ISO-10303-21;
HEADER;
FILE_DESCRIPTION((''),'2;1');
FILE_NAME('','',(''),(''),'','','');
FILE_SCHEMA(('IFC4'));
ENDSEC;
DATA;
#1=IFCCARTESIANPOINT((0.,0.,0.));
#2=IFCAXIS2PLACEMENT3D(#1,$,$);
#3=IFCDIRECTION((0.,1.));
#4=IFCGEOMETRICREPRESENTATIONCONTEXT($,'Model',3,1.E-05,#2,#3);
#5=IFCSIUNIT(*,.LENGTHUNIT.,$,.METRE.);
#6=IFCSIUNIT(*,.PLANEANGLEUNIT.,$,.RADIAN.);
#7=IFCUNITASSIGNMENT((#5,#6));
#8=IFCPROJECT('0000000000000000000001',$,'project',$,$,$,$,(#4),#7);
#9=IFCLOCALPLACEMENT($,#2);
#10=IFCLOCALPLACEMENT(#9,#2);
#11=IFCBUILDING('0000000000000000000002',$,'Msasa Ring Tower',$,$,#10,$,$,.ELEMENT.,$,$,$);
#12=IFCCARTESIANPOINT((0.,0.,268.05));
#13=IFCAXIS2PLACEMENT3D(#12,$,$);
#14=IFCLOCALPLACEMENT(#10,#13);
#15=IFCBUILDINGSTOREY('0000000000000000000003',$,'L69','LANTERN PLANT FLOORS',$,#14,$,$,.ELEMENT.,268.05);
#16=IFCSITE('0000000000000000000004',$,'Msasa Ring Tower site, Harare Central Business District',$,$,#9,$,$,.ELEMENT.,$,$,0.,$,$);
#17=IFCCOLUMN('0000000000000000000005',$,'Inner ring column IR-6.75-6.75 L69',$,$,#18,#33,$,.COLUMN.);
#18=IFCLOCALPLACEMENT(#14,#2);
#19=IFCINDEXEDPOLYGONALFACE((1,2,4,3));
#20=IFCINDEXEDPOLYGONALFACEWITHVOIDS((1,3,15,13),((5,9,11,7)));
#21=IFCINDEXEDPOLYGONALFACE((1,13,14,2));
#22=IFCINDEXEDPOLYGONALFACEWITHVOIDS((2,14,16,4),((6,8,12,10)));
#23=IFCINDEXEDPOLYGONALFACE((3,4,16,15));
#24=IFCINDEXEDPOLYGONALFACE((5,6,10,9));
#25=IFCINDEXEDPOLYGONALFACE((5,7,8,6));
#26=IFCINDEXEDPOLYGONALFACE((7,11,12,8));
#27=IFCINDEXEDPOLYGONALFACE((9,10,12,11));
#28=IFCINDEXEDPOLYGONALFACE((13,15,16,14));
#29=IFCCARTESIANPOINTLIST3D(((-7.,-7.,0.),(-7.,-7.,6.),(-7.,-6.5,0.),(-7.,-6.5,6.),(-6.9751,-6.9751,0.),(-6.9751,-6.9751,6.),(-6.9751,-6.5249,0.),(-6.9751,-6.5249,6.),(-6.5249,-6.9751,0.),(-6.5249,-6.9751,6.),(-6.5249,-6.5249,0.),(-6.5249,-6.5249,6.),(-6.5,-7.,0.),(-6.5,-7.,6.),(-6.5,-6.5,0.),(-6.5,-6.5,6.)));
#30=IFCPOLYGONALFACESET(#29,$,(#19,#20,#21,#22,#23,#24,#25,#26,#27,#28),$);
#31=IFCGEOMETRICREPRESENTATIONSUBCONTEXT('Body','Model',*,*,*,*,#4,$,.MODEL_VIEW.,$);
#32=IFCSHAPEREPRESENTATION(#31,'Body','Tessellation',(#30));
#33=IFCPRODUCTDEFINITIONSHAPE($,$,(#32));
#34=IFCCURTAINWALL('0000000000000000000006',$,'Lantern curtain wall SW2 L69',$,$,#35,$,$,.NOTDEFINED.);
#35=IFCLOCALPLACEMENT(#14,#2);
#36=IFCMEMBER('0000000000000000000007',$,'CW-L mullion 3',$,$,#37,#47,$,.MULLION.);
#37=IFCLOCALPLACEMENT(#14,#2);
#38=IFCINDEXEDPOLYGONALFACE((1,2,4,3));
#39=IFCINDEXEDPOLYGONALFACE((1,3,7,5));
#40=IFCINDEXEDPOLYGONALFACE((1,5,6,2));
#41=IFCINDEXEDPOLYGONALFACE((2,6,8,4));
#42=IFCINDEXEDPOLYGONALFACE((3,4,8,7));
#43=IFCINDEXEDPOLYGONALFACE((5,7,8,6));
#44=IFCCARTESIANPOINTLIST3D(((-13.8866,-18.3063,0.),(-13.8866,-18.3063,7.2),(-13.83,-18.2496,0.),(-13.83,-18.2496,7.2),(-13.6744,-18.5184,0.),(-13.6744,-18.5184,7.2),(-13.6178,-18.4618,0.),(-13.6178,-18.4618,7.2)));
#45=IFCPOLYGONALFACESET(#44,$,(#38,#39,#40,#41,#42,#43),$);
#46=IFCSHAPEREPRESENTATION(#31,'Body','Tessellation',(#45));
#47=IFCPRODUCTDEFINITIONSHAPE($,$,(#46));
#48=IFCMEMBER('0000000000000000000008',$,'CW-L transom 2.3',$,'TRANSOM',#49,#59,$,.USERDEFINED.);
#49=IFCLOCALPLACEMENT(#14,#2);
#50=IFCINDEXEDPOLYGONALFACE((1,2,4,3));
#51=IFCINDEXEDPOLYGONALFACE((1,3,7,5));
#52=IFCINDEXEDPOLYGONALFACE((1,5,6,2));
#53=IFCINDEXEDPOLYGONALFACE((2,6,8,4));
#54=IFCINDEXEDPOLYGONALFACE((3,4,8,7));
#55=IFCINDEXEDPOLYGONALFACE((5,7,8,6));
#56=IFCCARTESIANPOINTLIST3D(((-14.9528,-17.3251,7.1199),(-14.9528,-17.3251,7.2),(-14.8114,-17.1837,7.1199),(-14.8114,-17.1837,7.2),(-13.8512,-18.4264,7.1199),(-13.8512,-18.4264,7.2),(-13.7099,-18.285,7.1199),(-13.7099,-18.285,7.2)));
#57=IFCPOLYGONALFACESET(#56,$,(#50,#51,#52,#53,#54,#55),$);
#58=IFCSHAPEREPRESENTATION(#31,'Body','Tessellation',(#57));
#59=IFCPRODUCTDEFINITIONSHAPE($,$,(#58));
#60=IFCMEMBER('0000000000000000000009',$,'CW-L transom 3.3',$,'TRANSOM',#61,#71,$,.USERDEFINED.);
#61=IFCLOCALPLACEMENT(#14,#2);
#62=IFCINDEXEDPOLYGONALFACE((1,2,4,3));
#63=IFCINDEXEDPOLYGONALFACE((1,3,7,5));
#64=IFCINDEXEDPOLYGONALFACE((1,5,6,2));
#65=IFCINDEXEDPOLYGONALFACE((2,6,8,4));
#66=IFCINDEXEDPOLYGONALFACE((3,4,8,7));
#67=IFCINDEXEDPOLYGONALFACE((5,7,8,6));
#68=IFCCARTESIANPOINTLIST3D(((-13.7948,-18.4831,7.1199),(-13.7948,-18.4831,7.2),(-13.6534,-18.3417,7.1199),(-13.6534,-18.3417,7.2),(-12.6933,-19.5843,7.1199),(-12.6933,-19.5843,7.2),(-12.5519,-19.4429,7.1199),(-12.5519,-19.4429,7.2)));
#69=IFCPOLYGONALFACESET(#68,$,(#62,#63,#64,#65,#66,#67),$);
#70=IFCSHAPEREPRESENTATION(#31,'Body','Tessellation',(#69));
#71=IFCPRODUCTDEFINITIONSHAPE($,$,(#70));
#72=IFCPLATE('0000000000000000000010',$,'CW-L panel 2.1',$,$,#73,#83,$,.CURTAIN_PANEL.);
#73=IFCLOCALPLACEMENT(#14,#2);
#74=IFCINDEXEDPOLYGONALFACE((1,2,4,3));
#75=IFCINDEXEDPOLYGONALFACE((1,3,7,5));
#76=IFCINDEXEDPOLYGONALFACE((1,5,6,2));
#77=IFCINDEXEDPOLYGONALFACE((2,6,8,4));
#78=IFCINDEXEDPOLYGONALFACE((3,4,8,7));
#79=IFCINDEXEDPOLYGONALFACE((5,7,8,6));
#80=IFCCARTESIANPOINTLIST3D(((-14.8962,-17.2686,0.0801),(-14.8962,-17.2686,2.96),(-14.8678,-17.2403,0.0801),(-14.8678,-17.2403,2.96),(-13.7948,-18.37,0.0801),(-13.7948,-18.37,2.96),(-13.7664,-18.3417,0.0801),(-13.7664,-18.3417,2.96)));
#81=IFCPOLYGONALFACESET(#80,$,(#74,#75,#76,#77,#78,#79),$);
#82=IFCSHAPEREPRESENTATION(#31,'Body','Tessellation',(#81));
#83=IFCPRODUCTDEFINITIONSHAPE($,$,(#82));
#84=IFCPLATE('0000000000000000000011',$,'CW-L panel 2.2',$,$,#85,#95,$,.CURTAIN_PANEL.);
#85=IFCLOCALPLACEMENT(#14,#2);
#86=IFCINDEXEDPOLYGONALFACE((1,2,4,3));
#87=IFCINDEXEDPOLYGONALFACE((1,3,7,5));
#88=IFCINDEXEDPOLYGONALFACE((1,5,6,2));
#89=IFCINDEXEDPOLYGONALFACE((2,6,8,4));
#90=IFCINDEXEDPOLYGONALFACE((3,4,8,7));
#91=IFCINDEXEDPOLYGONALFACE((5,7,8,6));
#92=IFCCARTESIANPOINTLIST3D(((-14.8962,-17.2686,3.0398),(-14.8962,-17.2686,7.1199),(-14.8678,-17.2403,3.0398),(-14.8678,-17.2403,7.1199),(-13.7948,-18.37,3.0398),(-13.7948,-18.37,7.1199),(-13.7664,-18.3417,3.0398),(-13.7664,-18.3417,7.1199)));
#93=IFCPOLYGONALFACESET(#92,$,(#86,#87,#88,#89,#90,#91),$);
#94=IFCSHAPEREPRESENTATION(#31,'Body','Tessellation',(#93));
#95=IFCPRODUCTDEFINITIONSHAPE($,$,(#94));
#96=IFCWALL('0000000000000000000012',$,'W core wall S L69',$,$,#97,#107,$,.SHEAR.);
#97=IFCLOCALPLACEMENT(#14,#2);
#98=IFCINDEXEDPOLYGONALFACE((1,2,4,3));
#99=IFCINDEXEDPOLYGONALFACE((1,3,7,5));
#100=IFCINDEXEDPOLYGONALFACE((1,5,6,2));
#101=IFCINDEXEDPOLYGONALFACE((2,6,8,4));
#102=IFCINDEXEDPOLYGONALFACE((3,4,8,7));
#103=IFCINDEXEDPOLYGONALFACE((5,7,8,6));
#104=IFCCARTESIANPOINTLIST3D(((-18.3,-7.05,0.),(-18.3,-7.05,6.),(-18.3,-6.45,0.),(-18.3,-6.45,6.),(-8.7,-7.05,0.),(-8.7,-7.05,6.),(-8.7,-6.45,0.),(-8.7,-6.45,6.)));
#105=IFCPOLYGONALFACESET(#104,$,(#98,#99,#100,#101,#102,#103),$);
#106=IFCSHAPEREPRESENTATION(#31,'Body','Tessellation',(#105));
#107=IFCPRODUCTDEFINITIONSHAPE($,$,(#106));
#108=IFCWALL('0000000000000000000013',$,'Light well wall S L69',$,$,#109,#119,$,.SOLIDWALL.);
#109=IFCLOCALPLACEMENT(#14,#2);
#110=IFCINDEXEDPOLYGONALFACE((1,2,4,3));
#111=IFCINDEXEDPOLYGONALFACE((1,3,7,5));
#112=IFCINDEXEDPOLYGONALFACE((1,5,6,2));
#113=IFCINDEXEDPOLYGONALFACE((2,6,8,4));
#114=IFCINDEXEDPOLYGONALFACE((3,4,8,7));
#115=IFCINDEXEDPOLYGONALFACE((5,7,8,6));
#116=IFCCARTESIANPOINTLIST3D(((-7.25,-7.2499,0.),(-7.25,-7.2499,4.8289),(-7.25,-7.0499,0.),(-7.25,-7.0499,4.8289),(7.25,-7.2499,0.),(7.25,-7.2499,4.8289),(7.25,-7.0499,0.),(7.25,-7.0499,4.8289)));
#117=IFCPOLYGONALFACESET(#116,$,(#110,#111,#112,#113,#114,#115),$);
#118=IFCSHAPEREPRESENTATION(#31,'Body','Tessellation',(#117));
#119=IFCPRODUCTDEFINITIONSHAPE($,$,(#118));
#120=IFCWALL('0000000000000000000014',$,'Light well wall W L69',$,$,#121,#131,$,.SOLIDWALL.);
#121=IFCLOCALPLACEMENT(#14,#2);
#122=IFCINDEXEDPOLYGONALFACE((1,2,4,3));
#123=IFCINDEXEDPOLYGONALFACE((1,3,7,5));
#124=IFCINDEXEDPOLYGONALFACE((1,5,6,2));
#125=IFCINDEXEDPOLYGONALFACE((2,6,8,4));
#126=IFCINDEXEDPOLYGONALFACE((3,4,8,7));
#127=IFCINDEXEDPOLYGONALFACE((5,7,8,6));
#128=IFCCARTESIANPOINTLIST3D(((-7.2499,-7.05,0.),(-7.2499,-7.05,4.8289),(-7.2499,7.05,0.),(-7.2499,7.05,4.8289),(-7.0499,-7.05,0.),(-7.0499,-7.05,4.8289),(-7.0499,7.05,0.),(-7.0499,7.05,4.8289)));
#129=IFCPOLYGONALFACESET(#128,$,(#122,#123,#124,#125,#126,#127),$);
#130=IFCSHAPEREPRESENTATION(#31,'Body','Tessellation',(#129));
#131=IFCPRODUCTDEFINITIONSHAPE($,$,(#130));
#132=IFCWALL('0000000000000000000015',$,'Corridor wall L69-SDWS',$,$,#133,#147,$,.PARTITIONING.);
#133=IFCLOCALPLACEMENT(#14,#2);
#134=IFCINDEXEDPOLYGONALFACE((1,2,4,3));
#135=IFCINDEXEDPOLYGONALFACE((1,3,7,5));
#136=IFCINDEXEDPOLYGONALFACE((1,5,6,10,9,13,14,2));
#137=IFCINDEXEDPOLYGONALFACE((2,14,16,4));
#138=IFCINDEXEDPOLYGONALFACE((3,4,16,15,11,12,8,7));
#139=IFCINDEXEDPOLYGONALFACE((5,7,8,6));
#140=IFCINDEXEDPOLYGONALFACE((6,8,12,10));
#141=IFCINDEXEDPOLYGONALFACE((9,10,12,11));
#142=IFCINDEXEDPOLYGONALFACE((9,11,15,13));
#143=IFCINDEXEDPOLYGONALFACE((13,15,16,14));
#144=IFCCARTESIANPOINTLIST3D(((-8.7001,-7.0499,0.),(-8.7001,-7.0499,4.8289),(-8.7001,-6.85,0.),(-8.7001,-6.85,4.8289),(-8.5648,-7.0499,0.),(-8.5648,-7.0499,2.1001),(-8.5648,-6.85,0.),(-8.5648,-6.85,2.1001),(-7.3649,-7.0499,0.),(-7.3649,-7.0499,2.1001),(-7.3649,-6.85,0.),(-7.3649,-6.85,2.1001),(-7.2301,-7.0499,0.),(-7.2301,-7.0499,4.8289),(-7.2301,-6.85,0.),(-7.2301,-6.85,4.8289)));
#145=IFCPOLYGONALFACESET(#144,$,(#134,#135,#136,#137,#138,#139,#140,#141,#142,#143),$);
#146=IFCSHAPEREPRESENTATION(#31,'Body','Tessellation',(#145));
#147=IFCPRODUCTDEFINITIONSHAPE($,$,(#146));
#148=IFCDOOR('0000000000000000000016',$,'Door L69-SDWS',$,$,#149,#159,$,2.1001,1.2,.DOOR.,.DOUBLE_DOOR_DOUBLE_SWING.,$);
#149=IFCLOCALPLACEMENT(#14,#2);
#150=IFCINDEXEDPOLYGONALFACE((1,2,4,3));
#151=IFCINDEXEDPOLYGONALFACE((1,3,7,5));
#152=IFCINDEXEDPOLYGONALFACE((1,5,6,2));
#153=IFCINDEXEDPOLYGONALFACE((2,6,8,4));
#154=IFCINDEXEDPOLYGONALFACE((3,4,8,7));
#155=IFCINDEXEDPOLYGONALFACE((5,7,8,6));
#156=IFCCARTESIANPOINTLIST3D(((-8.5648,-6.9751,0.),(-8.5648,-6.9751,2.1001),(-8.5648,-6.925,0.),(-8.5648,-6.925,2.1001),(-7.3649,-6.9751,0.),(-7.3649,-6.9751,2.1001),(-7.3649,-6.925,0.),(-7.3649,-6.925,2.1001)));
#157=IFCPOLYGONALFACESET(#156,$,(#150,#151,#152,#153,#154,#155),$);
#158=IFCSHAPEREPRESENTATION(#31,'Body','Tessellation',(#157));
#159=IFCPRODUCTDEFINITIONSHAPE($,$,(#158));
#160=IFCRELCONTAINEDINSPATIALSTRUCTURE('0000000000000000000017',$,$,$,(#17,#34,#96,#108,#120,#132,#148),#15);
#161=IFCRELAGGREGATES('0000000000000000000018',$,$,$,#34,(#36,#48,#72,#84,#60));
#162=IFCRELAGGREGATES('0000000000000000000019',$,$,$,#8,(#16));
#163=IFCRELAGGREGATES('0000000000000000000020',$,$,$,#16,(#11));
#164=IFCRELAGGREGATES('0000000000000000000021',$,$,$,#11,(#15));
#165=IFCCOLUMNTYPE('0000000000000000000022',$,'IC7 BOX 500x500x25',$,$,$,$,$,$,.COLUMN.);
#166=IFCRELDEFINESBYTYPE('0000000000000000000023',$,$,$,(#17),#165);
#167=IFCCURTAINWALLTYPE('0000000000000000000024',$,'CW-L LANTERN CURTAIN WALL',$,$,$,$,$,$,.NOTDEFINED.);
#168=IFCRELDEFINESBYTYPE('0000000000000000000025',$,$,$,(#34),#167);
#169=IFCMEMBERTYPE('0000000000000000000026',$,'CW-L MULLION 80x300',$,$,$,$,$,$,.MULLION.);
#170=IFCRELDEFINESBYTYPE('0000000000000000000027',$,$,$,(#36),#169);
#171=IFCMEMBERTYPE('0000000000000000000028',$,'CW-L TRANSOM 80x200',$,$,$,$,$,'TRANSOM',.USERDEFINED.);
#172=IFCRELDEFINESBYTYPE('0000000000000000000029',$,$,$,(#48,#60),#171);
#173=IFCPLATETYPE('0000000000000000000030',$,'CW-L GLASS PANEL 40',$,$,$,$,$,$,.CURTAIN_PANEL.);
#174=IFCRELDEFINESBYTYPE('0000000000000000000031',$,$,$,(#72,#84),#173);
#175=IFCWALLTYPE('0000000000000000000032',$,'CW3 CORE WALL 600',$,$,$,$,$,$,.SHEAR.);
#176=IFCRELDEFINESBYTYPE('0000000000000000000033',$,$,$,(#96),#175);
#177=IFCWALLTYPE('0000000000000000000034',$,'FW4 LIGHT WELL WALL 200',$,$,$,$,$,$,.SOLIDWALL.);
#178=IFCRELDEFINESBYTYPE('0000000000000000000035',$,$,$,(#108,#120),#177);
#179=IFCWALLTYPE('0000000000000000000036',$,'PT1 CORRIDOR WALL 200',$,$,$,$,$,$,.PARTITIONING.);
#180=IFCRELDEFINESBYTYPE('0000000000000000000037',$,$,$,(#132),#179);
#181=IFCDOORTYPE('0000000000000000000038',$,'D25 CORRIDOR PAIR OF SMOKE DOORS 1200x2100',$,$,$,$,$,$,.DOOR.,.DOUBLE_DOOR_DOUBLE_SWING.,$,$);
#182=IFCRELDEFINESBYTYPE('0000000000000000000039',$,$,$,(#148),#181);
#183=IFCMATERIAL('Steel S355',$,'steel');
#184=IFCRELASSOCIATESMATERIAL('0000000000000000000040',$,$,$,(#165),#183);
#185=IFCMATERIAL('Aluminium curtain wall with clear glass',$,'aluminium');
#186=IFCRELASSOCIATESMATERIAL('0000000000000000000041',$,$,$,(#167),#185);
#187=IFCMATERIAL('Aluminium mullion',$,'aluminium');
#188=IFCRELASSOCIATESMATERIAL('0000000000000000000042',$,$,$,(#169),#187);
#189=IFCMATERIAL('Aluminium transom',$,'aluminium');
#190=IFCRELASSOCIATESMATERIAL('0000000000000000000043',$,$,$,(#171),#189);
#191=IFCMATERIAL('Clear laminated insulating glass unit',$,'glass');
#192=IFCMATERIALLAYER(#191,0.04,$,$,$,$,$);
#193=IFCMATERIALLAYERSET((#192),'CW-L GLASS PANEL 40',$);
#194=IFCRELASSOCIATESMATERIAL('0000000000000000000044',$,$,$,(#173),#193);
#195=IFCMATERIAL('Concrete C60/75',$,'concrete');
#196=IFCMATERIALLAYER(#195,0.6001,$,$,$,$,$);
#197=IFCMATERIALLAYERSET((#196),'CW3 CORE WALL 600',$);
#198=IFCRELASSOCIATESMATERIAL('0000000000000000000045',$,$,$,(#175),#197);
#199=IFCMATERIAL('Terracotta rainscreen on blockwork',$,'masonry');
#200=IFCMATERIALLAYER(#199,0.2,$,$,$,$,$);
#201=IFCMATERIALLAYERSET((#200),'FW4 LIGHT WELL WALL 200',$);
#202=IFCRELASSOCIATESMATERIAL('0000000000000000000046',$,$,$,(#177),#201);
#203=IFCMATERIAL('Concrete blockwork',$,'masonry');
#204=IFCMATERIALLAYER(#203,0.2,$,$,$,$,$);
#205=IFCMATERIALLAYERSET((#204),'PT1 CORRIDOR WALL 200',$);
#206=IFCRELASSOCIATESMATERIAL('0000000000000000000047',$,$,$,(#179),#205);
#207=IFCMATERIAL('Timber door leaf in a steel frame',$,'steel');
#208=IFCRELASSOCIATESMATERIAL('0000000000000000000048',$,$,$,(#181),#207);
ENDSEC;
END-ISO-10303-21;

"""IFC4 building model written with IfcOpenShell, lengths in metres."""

from ifc_helpers import new_model, si_unit, direction, frame, frame_2d, origin, origin_2d, place, context, subcontext, project, spatial, rectangle, hollow_rectangle, extrude, material, layer, layer_set, material_profile, profile_set, type_object, element, fill, aggregate, save


model = new_model("IFC4")

# Units and contexts
model_context = context("Model", 3, precision=1e-05, world=origin(), true_north=direction((0.0, 1.0)))
body_context = subcontext(model_context, "Body", "Model", "MODEL_VIEW")
ifc_project = project(units=[si_unit("LENGTHUNIT", "METRE"), si_unit("PLANEANGLEUNIT", "RADIAN")], contexts=[model_context])

# Site, building, storey
site_placement = place(None, origin())
site = spatial("IfcSite", under=ifc_project, at=site_placement, Name="Msasa Ring Tower site, Harare Central Business District", CompositionType="ELEMENT", RefElevation=0.0)
building_placement = place(site_placement, origin())
building = spatial("IfcBuilding", under=site, at=building_placement, Name="Msasa Ring Tower", CompositionType="ELEMENT")
storey_placement = place(building_placement, frame((0.0, 0.0, 268.05)))
storey = spatial("IfcBuildingStorey", under=building, at=storey_placement, Name="L69", Description="LANTERN PLANT FLOORS", CompositionType="ELEMENT", Elevation=268.05)

# Column
ifc_material_1 = material(Name="Steel S355", Category="steel")
ifc_material_profile_1 = material_profile(ifc_material_1, hollow_rectangle(XDim=0.5, YDim=0.5, WallThickness=0.0249, at=origin_2d()), Name="BOX 500x500x25")
ifc_profile_set_1 = profile_set([ifc_material_profile_1], Name="Steel S355")
column_type = type_object("IfcColumnType", Name="IC7 BOX 500x500x25", PredefinedType="COLUMN", material=ifc_profile_set_1)
column_placement = place(storey_placement, frame((-6.75, -6.75, 0.0), z_axis=(0.0, 0.0, 1.0), x_axis=(1.0, 0.0, 0.0)))
element("IfcColumn", 1, at=column_placement, inside=storey, type_object=column_type, Name="Inner ring column IR-6.75-6.75 L69", PredefinedType="COLUMN", context=body_context, shape_type="SweptSolid", body=[
    extrude(hollow_rectangle(XDim=0.5, YDim=0.5, WallThickness=0.0249, at=origin_2d()), origin(), (0.0, 0.0, 1.0), 6.0),
])

# Curtain wall, members, plates
ifc_material_2 = material(Name="Aluminium curtain wall with clear glass", Category="aluminium")
curtain_wall_type = type_object("IfcCurtainWallType", Name="CW-L LANTERN CURTAIN WALL", PredefinedType="NOTDEFINED", material=ifc_material_2)
curtain_wall_placement = place(storey_placement, origin())
curtain_wall = element("IfcCurtainWall", 2, at=curtain_wall_placement, inside=storey, type_object=curtain_wall_type, Name="Lantern curtain wall SW2 L69", PredefinedType="NOTDEFINED")
ifc_material_3 = material(Name="Aluminium mullion", Category="aluminium")
ifc_material_profile_2 = material_profile(ifc_material_3, rectangle(XDim=0.0801, YDim=0.3, at=origin_2d()), Name="AL 80x300")
ifc_profile_set_2 = profile_set([ifc_material_profile_2], Name="Aluminium mullion")
member_type_1 = type_object("IfcMemberType", Name="CW-L MULLION 80x300", PredefinedType="MULLION", material=ifc_profile_set_2)
member_1_placement = place(storey_placement, frame((-13.7522, -18.384, 0.0), z_axis=(0.0, 0.0, 1.0), x_axis=(0.707107, 0.707107, 0.0)))
member_1 = element("IfcMember", 3, at=member_1_placement, type_object=member_type_1, Name="CW-L mullion 3", PredefinedType="MULLION", context=body_context, shape_type="SweptSolid", body=[
    extrude(rectangle(XDim=0.0801, YDim=0.3, at=origin_2d()), origin(), (0.0, 0.0, 1.0), 7.2),
])
ifc_material_4 = material(Name="Aluminium transom", Category="aluminium")
ifc_material_profile_3 = material_profile(ifc_material_4, rectangle(XDim=0.2, YDim=0.0801, at=origin_2d()), Name="AL 80x200")
ifc_profile_set_3 = profile_set([ifc_material_profile_3], Name="Aluminium transom")
member_type_2 = type_object("IfcMemberType", Name="CW-L TRANSOM 80x200", ElementType="TRANSOM", PredefinedType="USERDEFINED", material=ifc_profile_set_3)
member_2_placement = place(storey_placement, frame((-14.8821, -17.2544, 7.1599), z_axis=(0.707185, -0.707028, 0.0), x_axis=(0.707028, 0.707185, 0.0)))
member_2 = element("IfcMember", 4, at=member_2_placement, type_object=member_type_2, Name="CW-L transom 2.3", ObjectType="TRANSOM", PredefinedType="USERDEFINED", context=body_context, shape_type="SweptSolid", body=[
    extrude(rectangle(XDim=0.2, YDim=0.0801, at=origin_2d()), origin(), (0.0, 0.0, 1.0), 1.5576),
])
member_3_placement = place(storey_placement, frame((-13.7241, -18.4124, 7.1599), z_axis=(0.707185, -0.707028, 0.0), x_axis=(0.707028, 0.707185, 0.0)))
member_3 = element("IfcMember", 5, at=member_3_placement, type_object=member_type_2, Name="CW-L transom 3.3", ObjectType="TRANSOM", PredefinedType="USERDEFINED", context=body_context, shape_type="SweptSolid", body=[
    extrude(rectangle(XDim=0.2, YDim=0.0801, at=origin_2d()), origin(), (0.0, 0.0, 1.0), 1.5576),
])
ifc_material_5 = material(Name="Clear laminated insulating glass unit", Category="glass")
ifc_layer_1 = layer(ifc_material_5, 0.04)
ifc_layer_set_1 = layer_set([ifc_layer_1], Name="CW-L GLASS PANEL 40")
plate_type = type_object("IfcPlateType", Name="CW-L GLASS PANEL 40", PredefinedType="CURTAIN_PANEL", material=ifc_layer_set_1)
plate_1_placement = place(storey_placement, frame((-14.3313, -17.8052, 0.0801), z_axis=(0.0, 0.0, 1.0), x_axis=(0.707107, -0.707107, 0.0)))
plate_1 = element("IfcPlate", 6, at=plate_1_placement, type_object=plate_type, Name="CW-L panel 2.1", PredefinedType="CURTAIN_PANEL", context=body_context, shape_type="SweptSolid", body=[
    extrude(rectangle(XDim=1.5576, YDim=0.04, at=origin_2d()), origin(), (0.0, 0.0, 1.0), 2.8799),
])
plate_2_placement = place(storey_placement, frame((-14.3313, -17.8052, 3.0398), z_axis=(0.0, 0.0, 1.0), x_axis=(0.707107, -0.707107, 0.0)))
plate_2 = element("IfcPlate", 7, at=plate_2_placement, type_object=plate_type, Name="CW-L panel 2.2", PredefinedType="CURTAIN_PANEL", context=body_context, shape_type="SweptSolid", body=[
    extrude(rectangle(XDim=1.5576, YDim=0.04, at=origin_2d()), origin(), (0.0, 0.0, 1.0), 4.0801),
])
aggregate(curtain_wall, [member_1, member_2, plate_1, plate_2, member_3])

# Walls
ifc_material_6 = material(Name="Concrete C60/75", Category="concrete")
ifc_layer_2 = layer(ifc_material_6, 0.6001)
ifc_layer_set_2 = layer_set([ifc_layer_2], Name="CW3 CORE WALL 600")
wall_type_1 = type_object("IfcWallType", Name="CW3 CORE WALL 600", PredefinedType="SHEAR", material=ifc_layer_set_2)
wall_1_placement = place(storey_placement, frame((-8.7, -6.75, 0.0), z_axis=(0.0, 0.0, 1.0), x_axis=(-1.0, 0.0, 0.0)))
element("IfcWall", 8, at=wall_1_placement, inside=storey, type_object=wall_type_1, Name="W core wall S L69", PredefinedType="SHEAR", context=body_context, shape_type="SweptSolid", body=[
    extrude(rectangle(XDim=9.6001, YDim=0.6001, at=frame_2d((4.8, 0.0))), origin(), (0.0, 0.0, 1.0), 6.0),
])
ifc_material_7 = material(Name="Terracotta rainscreen on blockwork", Category="masonry")
ifc_layer_3 = layer(ifc_material_7, 0.2)
ifc_layer_set_3 = layer_set([ifc_layer_3], Name="FW4 LIGHT WELL WALL 200")
wall_type_2 = type_object("IfcWallType", Name="FW4 LIGHT WELL WALL 200", PredefinedType="SOLIDWALL", material=ifc_layer_set_3)
wall_2_placement = place(storey_placement, frame((-7.25, -7.1499, 0.0), z_axis=(0.0, 0.0, 1.0), x_axis=(1.0, 0.0, 0.0)))
element("IfcWall", 9, at=wall_2_placement, inside=storey, type_object=wall_type_2, Name="Light well wall S L69", PredefinedType="SOLIDWALL", context=body_context, shape_type="SweptSolid", body=[
    extrude(rectangle(XDim=14.5, YDim=0.2, at=frame_2d((7.25, 0.0))), origin(), (0.0, 0.0, 1.0), 4.8289),
])
wall_3_placement = place(storey_placement, frame((-7.1499, -7.05, 0.0), z_axis=(0.0, 0.0, 1.0), x_axis=(0.0, 1.0, 0.0)))
element("IfcWall", 10, at=wall_3_placement, inside=storey, type_object=wall_type_2, Name="Light well wall W L69", PredefinedType="SOLIDWALL", context=body_context, shape_type="SweptSolid", body=[
    extrude(rectangle(XDim=14.1001, YDim=0.2, at=frame_2d((7.05, 0.0))), origin(), (0.0, 0.0, 1.0), 4.8289),
])

# Wall, opening, door
ifc_material_8 = material(Name="Concrete blockwork", Category="masonry")
ifc_layer_4 = layer(ifc_material_8, 0.2)
ifc_layer_set_4 = layer_set([ifc_layer_4], Name="PT1 CORRIDOR WALL 200")
wall_type_3 = type_object("IfcWallType", Name="PT1 CORRIDOR WALL 200", PredefinedType="PARTITIONING", material=ifc_layer_set_4)
wall_4_placement = place(storey_placement, frame((-8.7, -6.95, 0.0), z_axis=(0.0, 0.0, 1.0), x_axis=(1.0, 0.0, 0.0)))
wall_4 = element("IfcWall", 11, at=wall_4_placement, inside=storey, type_object=wall_type_3, Name="Corridor wall L69-SDWS", PredefinedType="PARTITIONING", context=body_context, shape_type="SweptSolid", body=[
    extrude(rectangle(XDim=1.47, YDim=0.2, at=frame_2d((0.7349, 0.0))), origin(), (0.0, 0.0, 1.0), 4.8289),
])
opening_1_placement = place(wall_4_placement, frame((0.135, 0.0, 0.0)))
opening_1 = element("IfcOpeningElement", 12, at=opening_1_placement, cuts=wall_4, PredefinedType="OPENING", context=body_context, shape_type="SweptSolid", body=[
    extrude(rectangle(XDim=1.2, YDim=2.1001, at=frame_2d((0.6001, 1.05))), frame((0.0, 0.1099, 0.0), z_axis=(0.0, -1.0, 0.0), x_axis=(1.0, 0.0, 0.0)), (0.0, 0.0, 1.0), 0.22),
])
ifc_material_9 = material(Name="Timber door leaf in a steel frame", Category="steel")
door_type_1 = type_object("IfcDoorType", Name="D25 CORRIDOR PAIR OF SMOKE DOORS 1200x2100", OperationType="DOUBLE_DOOR_DOUBLE_SWING", PredefinedType="DOOR", material=ifc_material_9)
door_1_placement = place(opening_1_placement, origin())
door_1 = element("IfcDoor", 13, at=door_1_placement, inside=storey, type_object=door_type_1, Name="Door L69-SDWS", OperationType="DOUBLE_DOOR_DOUBLE_SWING", OverallHeight=2.1001, OverallWidth=1.2, PredefinedType="DOOR", context=body_context, shape_type="SweptSolid", body=[
    extrude(rectangle(XDim=1.2, YDim=2.1001, at=frame_2d((0.6001, 1.05))), frame((0.0, 0.0249, 0.0), z_axis=(0.0, -1.0, 0.0), x_axis=(1.0, 0.0, 0.0)), (0.0, 0.0, 1.0), 0.05),
])
fill(opening_1, door_1)

save(model, "model.ifc")
